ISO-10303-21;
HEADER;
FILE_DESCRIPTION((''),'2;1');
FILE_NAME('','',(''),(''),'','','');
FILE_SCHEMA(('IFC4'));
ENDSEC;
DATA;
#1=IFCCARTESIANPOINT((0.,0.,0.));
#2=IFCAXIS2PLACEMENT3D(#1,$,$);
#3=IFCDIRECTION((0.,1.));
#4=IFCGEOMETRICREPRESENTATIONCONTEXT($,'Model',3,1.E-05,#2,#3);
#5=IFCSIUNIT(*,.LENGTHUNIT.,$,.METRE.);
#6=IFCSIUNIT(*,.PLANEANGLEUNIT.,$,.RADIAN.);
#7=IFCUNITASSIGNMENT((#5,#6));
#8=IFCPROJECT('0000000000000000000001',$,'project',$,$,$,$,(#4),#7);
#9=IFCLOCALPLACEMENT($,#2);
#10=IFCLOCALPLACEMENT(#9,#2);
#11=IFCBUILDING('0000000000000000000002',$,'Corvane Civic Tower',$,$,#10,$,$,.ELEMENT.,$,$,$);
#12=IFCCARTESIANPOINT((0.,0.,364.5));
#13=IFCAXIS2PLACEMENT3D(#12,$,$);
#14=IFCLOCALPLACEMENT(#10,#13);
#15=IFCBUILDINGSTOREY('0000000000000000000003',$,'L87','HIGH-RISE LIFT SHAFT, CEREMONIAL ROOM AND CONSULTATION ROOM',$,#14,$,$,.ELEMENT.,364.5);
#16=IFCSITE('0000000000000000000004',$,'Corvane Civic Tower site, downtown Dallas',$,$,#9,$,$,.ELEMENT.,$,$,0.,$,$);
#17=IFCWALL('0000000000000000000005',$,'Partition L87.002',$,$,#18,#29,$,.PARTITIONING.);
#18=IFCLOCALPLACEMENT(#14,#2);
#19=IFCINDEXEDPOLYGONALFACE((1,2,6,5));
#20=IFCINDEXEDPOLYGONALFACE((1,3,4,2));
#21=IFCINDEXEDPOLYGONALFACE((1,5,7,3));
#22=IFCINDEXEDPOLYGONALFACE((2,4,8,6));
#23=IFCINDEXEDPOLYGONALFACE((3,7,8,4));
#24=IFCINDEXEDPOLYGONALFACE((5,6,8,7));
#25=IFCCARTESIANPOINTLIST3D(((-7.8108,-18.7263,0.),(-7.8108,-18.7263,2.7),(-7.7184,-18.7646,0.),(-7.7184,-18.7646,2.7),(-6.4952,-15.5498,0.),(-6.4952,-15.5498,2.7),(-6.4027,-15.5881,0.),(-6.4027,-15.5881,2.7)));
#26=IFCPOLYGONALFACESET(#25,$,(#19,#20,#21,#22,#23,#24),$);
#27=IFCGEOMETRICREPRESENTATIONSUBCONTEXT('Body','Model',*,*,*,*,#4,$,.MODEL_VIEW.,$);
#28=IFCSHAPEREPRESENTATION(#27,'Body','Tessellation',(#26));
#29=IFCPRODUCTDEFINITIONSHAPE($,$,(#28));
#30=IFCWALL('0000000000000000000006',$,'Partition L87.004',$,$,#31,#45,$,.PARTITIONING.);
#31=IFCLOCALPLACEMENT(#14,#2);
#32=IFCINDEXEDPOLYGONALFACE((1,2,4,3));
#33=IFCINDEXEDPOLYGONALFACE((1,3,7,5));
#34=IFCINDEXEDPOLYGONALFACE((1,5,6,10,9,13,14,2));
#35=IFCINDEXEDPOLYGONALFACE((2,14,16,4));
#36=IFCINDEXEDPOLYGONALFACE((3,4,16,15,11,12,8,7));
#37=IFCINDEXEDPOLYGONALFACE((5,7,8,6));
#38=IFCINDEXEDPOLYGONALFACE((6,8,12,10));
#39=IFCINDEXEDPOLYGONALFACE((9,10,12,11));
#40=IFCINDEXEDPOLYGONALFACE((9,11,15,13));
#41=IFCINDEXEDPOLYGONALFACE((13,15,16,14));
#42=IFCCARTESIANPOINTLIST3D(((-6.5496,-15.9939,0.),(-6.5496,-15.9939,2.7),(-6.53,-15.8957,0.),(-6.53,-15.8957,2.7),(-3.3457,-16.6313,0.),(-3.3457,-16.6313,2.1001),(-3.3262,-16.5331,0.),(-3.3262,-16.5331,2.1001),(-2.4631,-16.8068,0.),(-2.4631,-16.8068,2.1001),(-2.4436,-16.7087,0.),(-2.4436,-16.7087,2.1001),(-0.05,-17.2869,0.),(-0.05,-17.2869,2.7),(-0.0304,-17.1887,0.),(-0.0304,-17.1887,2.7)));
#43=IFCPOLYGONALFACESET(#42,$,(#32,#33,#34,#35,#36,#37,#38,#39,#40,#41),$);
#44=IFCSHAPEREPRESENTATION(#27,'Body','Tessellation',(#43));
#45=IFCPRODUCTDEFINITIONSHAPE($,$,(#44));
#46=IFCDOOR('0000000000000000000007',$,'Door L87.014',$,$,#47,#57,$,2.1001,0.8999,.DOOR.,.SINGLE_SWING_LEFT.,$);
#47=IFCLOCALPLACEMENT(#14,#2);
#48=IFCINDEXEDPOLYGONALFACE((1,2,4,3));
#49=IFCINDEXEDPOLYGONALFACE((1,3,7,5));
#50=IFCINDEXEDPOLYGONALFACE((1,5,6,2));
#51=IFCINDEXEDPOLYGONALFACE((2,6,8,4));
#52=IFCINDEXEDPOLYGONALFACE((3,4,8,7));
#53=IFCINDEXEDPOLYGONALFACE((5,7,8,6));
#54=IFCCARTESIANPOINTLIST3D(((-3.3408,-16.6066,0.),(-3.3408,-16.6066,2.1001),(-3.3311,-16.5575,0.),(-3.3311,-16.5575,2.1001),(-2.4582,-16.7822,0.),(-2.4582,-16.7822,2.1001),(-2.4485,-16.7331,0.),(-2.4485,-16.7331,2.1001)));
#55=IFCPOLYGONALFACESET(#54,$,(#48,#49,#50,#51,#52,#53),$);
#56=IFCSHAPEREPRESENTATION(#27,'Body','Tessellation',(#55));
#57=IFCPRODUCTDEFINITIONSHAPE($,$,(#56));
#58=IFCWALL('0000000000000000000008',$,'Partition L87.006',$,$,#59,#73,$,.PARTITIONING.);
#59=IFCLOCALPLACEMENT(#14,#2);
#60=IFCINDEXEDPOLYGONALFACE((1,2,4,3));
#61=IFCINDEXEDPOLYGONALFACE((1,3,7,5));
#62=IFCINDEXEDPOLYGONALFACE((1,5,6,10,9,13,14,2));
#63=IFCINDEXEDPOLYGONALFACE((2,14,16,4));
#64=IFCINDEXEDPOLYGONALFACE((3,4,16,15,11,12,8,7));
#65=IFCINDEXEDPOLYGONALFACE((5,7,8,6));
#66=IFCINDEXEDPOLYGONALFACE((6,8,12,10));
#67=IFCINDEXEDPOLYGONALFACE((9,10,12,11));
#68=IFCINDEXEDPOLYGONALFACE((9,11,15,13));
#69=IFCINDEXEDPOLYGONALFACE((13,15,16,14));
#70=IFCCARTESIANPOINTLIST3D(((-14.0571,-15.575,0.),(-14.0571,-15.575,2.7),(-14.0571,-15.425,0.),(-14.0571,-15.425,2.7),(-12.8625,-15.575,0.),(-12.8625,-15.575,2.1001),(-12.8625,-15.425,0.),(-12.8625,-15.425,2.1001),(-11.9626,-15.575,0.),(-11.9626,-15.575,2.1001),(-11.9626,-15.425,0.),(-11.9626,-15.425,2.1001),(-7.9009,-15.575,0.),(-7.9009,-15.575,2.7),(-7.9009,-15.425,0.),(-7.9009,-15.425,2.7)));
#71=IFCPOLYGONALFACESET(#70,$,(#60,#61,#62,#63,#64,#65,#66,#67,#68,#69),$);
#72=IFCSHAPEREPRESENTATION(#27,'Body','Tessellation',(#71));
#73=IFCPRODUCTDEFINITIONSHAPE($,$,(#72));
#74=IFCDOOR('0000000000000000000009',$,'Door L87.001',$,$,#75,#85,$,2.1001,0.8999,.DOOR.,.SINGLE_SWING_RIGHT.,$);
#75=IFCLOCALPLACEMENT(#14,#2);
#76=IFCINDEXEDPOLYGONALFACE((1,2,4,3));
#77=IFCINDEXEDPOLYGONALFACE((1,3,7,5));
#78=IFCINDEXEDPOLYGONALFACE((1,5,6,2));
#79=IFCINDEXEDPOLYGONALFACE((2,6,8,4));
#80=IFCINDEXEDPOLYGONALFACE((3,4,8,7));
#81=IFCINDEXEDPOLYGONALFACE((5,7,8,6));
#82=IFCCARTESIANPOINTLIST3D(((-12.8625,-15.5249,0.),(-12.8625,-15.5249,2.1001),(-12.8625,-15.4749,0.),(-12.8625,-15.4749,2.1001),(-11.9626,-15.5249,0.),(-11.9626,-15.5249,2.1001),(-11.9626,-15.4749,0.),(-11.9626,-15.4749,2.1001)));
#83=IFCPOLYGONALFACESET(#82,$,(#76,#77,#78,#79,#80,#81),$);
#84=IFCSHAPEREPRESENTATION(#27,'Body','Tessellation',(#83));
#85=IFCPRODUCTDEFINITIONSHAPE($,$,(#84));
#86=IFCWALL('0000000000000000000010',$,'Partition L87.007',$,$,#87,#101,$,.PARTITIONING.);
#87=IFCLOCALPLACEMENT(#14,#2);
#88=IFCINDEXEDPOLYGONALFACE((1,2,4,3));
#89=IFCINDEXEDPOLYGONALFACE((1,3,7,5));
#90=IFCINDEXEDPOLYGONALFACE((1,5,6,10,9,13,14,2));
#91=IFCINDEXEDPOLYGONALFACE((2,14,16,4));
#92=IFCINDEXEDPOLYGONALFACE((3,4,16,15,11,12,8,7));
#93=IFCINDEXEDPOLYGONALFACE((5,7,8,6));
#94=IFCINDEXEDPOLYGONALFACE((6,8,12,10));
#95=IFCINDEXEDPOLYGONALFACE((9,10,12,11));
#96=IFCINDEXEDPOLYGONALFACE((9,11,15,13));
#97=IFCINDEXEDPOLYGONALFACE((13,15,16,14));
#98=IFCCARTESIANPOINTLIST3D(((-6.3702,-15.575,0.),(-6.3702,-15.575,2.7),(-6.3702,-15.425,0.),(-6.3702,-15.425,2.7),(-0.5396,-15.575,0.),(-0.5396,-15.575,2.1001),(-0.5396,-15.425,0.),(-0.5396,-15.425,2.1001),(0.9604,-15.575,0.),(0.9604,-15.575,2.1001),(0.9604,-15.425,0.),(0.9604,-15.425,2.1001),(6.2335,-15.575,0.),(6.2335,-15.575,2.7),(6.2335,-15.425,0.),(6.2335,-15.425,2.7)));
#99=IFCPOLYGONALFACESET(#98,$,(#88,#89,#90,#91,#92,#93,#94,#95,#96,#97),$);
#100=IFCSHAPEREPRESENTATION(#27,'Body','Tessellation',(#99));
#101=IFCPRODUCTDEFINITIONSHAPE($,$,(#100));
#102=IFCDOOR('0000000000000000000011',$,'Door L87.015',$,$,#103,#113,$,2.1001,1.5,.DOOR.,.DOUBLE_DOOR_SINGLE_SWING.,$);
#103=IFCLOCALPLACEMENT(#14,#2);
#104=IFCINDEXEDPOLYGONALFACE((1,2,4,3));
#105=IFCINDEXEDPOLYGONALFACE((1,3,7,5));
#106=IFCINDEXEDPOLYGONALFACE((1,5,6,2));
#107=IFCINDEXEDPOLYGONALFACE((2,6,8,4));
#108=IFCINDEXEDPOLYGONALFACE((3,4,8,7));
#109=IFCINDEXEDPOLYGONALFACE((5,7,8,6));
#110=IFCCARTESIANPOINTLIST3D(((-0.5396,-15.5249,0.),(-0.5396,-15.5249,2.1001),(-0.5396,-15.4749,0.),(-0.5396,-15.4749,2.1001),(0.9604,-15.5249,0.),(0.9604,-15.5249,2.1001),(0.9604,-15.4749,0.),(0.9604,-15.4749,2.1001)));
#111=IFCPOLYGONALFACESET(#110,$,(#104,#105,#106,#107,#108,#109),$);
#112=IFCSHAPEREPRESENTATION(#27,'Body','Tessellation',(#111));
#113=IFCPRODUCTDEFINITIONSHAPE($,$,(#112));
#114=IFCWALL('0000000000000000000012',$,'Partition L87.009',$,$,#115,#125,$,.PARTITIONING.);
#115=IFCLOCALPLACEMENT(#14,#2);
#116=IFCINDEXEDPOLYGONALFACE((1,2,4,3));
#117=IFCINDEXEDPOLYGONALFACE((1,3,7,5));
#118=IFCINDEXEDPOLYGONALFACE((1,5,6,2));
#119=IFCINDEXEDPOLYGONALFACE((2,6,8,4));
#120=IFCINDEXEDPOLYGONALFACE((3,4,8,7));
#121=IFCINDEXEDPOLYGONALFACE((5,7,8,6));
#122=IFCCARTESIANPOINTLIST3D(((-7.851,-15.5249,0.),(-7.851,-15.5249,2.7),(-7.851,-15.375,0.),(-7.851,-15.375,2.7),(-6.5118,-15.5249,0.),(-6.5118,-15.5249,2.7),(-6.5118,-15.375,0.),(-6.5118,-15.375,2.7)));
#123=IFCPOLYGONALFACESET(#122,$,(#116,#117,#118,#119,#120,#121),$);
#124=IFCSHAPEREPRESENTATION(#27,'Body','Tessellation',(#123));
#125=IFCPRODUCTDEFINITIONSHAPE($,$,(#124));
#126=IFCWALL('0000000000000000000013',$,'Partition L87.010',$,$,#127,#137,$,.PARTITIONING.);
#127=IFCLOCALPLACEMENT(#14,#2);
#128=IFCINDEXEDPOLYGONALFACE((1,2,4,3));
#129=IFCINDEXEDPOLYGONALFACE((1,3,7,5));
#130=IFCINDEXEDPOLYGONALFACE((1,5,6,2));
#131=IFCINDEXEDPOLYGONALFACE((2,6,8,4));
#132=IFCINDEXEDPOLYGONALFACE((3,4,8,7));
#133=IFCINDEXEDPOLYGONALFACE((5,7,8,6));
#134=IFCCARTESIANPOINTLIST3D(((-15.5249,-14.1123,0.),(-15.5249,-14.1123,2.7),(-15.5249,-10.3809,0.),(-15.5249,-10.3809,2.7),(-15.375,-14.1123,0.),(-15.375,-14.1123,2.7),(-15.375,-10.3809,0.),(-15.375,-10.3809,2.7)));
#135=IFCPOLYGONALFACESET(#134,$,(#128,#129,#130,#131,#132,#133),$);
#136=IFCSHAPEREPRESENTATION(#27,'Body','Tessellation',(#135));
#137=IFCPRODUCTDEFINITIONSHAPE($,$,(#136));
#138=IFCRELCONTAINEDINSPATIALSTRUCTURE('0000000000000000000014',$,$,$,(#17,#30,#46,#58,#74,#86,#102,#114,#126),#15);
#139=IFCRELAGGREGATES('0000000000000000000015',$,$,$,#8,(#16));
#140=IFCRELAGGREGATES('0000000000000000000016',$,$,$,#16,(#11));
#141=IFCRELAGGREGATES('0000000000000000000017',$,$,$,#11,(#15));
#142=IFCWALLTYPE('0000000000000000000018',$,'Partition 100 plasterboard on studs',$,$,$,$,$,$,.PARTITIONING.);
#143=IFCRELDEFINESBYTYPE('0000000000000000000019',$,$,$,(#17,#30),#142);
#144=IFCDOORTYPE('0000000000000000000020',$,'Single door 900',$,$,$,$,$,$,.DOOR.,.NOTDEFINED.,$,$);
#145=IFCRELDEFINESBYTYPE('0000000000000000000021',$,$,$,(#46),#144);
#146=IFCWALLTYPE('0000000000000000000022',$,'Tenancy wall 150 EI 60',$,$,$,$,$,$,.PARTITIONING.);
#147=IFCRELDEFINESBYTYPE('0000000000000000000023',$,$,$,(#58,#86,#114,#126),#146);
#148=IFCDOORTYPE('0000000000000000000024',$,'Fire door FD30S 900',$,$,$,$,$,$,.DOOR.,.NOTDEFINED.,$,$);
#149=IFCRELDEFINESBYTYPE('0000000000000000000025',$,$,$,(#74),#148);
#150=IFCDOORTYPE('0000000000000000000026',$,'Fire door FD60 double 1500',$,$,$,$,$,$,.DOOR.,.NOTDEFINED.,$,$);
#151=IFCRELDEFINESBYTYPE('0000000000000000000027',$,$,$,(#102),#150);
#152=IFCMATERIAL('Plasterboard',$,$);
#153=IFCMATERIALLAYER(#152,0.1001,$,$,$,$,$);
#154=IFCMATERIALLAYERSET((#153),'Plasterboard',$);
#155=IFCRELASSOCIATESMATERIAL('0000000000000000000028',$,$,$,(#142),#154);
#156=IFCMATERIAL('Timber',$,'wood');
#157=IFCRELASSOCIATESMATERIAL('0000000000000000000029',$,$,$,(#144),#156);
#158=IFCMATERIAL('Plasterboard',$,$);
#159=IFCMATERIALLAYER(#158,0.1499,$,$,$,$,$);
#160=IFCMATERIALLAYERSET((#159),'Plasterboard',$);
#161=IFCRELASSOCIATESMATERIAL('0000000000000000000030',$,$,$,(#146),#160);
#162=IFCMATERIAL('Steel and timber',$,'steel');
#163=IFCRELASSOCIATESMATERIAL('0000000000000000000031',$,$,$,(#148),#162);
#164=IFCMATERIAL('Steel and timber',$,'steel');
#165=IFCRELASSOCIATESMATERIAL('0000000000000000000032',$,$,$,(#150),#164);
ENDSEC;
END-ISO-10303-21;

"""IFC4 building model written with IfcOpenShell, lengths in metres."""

from ifc_helpers import new_model, si_unit, direction, frame, frame_2d, origin, place, context, subcontext, project, spatial, rectangle, extrude, material, layer, layer_set, type_object, element, fill, save


model = new_model("IFC4")

# Units and contexts
model_context = context("Model", 3, precision=1e-05, world=origin(), true_north=direction((0.0, 1.0)))
body_context = subcontext(model_context, "Body", "Model", "MODEL_VIEW")
ifc_project = project(units=[si_unit("LENGTHUNIT", "METRE"), si_unit("PLANEANGLEUNIT", "RADIAN")], contexts=[model_context])

# Site, building, storey
site_placement = place(None, origin())
site = spatial("IfcSite", under=ifc_project, at=site_placement, Name="Corvane Civic Tower site, downtown Dallas", CompositionType="ELEMENT", RefElevation=0.0)
building_placement = place(site_placement, origin())
building = spatial("IfcBuilding", under=site, at=building_placement, Name="Corvane Civic Tower", CompositionType="ELEMENT")
storey_placement = place(building_placement, frame((0.0, 0.0, 364.5)))
storey = spatial("IfcBuildingStorey", under=building, at=storey_placement, Name="L87", Description="HIGH-RISE LIFT SHAFT, CEREMONIAL ROOM AND CONSULTATION ROOM", CompositionType="ELEMENT", Elevation=364.5)

# Wall
ifc_material_1 = material(Name="Plasterboard")
ifc_layer_1 = layer(ifc_material_1, 0.1001)
ifc_layer_set_1 = layer_set([ifc_layer_1], Name="Plasterboard")
wall_type_1 = type_object("IfcWallType", Name="Partition 100 plasterboard on studs", PredefinedType="PARTITIONING", material=ifc_layer_set_1)
wall_1_placement = place(storey_placement, frame((-7.7646, -18.7456, 0.0), z_axis=(0.0, 0.0, 1.0), x_axis=(0.382663, 0.923888, 0.0)))
element("IfcWall", 1, at=wall_1_placement, inside=storey, type_object=wall_type_1, Name="Partition L87.002", PredefinedType="PARTITIONING", context=body_context, shape_type="SweptSolid", body=[
    extrude(rectangle(XDim=3.4382, YDim=0.1001, at=frame_2d((1.7192, 0.0))), origin(), (0.0, 0.0, 1.0), 2.7),
])

# Walls, openings, doors
wall_2_placement = place(storey_placement, frame((-6.5398, -15.9448, 0.0), z_axis=(0.0, 0.0, 1.0), x_axis=(0.980781, -0.19511, 0.0)))
wall_2 = element("IfcWall", 2, at=wall_2_placement, inside=storey, type_object=wall_type_1, Name="Partition L87.004", PredefinedType="PARTITIONING", context=body_context, shape_type="SweptSolid", body=[
    extrude(rectangle(XDim=6.627, YDim=0.1001, at=frame_2d((3.3135, 0.0))), origin(), (0.0, 0.0, 1.0), 2.7),
])
opening_1_placement = place(wall_2_placement, frame((3.2666, 0.0, 0.0)))
opening_1 = element("IfcOpeningElement", 3, at=opening_1_placement, cuts=wall_2, PredefinedType="OPENING", context=body_context, shape_type="SweptSolid", body=[
    extrude(rectangle(XDim=0.8999, YDim=2.1001, at=frame_2d((0.45, 1.05))), frame((0.0, 0.0601, 0.0), z_axis=(0.0, -1.0, 0.0), x_axis=(1.0, 0.0, 0.0)), (0.0, 0.0, 1.0), 0.1201),
])
ifc_material_2 = material(Name="Timber", Category="wood")
door_type_1 = type_object("IfcDoorType", Name="Single door 900", OperationType="NOTDEFINED", PredefinedType="DOOR", material=ifc_material_2)
door_1_placement = place(opening_1_placement, frame((0.8999, 0.0, 0.0), z_axis=(0.0, 0.0, 1.0), x_axis=(-1.0, 0.0, 0.0)))
door_1 = element("IfcDoor", 4, at=door_1_placement, inside=storey, type_object=door_type_1, Name="Door L87.014", OperationType="SINGLE_SWING_LEFT", OverallHeight=2.1001, OverallWidth=0.8999, PredefinedType="DOOR", context=body_context, shape_type="SweptSolid", body=[
    extrude(rectangle(XDim=0.8999, YDim=2.1001, at=frame_2d((0.45, 1.05))), frame((0.0, 0.0249, 0.0), z_axis=(0.0, -1.0, 0.0), x_axis=(1.0, 0.0, 0.0)), (0.0, 0.0, 1.0), 0.05),
])
fill(opening_1, door_1)
ifc_material_3 = material(Name="Plasterboard")
ifc_layer_2 = layer(ifc_material_3, 0.1499)
ifc_layer_set_2 = layer_set([ifc_layer_2], Name="Plasterboard")
wall_type_2 = type_object("IfcWallType", Name="Tenancy wall 150 EI 60", PredefinedType="PARTITIONING", material=ifc_layer_set_2)
wall_3_placement = place(storey_placement, frame((-14.0571, -15.5, 0.0), z_axis=(0.0, 0.0, 1.0), x_axis=(1.0, 0.0, 0.0)))
wall_3 = element("IfcWall", 5, at=wall_3_placement, inside=storey, type_object=wall_type_2, Name="Partition L87.006", PredefinedType="PARTITIONING", context=body_context, shape_type="SweptSolid", body=[
    extrude(rectangle(XDim=6.1562, YDim=0.1499, at=frame_2d((3.0781, 0.0))), origin(), (0.0, 0.0, 1.0), 2.7),
])
opening_2_placement = place(wall_3_placement, frame((1.1946, 0.0, 0.0)))
opening_2 = element("IfcOpeningElement", 6, at=opening_2_placement, cuts=wall_3, PredefinedType="OPENING", context=body_context, shape_type="SweptSolid", body=[
    extrude(rectangle(XDim=0.8999, YDim=2.1001, at=frame_2d((0.45, 1.05))), frame((0.0, 0.085, 0.0), z_axis=(0.0, -1.0, 0.0), x_axis=(1.0, 0.0, 0.0)), (0.0, 0.0, 1.0), 0.1699),
])
ifc_material_4 = material(Name="Steel and timber", Category="steel")
door_type_2 = type_object("IfcDoorType", Name="Fire door FD30S 900", OperationType="NOTDEFINED", PredefinedType="DOOR", material=ifc_material_4)
door_2_placement = place(opening_2_placement, frame((0.8999, 0.0, 0.0), z_axis=(0.0, 0.0, 1.0), x_axis=(-1.0, 0.0, 0.0)))
door_2 = element("IfcDoor", 7, at=door_2_placement, inside=storey, type_object=door_type_2, Name="Door L87.001", OperationType="SINGLE_SWING_RIGHT", OverallHeight=2.1001, OverallWidth=0.8999, PredefinedType="DOOR", context=body_context, shape_type="SweptSolid", body=[
    extrude(rectangle(XDim=0.8999, YDim=2.1001, at=frame_2d((0.45, 1.05))), frame((0.0, 0.0249, 0.0), z_axis=(0.0, -1.0, 0.0), x_axis=(1.0, 0.0, 0.0)), (0.0, 0.0, 1.0), 0.05),
])
fill(opening_2, door_2)
wall_4_placement = place(storey_placement, frame((-6.3701, -15.5, 0.0), z_axis=(0.0, 0.0, 1.0), x_axis=(1.0, 0.0, 0.0)))
wall_4 = element("IfcWall", 8, at=wall_4_placement, inside=storey, type_object=wall_type_2, Name="Partition L87.007", PredefinedType="PARTITIONING", context=body_context, shape_type="SweptSolid", body=[
    extrude(rectangle(XDim=12.6038, YDim=0.1499, at=frame_2d((6.3018, 0.0))), origin(), (0.0, 0.0, 1.0), 2.7),
])
opening_3_placement = place(wall_4_placement, frame((5.8306, 0.0, 0.0)))
opening_3 = element("IfcOpeningElement", 9, at=opening_3_placement, cuts=wall_4, PredefinedType="OPENING", context=body_context, shape_type="SweptSolid", body=[
    extrude(rectangle(XDim=1.5, YDim=2.1001, at=frame_2d((0.75, 1.05))), frame((0.0, 0.085, 0.0), z_axis=(0.0, -1.0, 0.0), x_axis=(1.0, 0.0, 0.0)), (0.0, 0.0, 1.0), 0.1699),
])
ifc_material_5 = material(Name="Steel and timber", Category="steel")
door_type_3 = type_object("IfcDoorType", Name="Fire door FD60 double 1500", OperationType="NOTDEFINED", PredefinedType="DOOR", material=ifc_material_5)
door_3_placement = place(opening_3_placement, frame((1.5, 0.0, 0.0), z_axis=(0.0, 0.0, 1.0), x_axis=(-1.0, 0.0, 0.0)))
door_3 = element("IfcDoor", 10, at=door_3_placement, inside=storey, type_object=door_type_3, Name="Door L87.015", OperationType="DOUBLE_DOOR_SINGLE_SWING", OverallHeight=2.1001, OverallWidth=1.5, PredefinedType="DOOR", context=body_context, shape_type="SweptSolid", body=[
    extrude(rectangle(XDim=1.5, YDim=2.1001, at=frame_2d((0.75, 1.05))), frame((0.0, 0.0249, 0.0), z_axis=(0.0, -1.0, 0.0), x_axis=(1.0, 0.0, 0.0)), (0.0, 0.0, 1.0), 0.05),
])
fill(opening_3, door_3)

# Walls
wall_5_placement = place(storey_placement, frame((-7.8508, -15.45, 0.0), z_axis=(0.0, 0.0, 1.0), x_axis=(1.0, 0.0, 0.0)))
element("IfcWall", 11, at=wall_5_placement, inside=storey, type_object=wall_type_2, Name="Partition L87.009", PredefinedType="PARTITIONING", context=body_context, shape_type="SweptSolid", body=[
    extrude(rectangle(XDim=1.3391, YDim=0.1499, at=frame_2d((0.6694, 0.0))), origin(), (0.0, 0.0, 1.0), 2.7),
])
wall_6_placement = place(storey_placement, frame((-15.45, -14.1123, 0.0), z_axis=(0.0, 0.0, 1.0), x_axis=(0.0, 1.0, 0.0)))
element("IfcWall", 12, at=wall_6_placement, inside=storey, type_object=wall_type_2, Name="Partition L87.010", PredefinedType="PARTITIONING", context=body_context, shape_type="SweptSolid", body=[
    extrude(rectangle(XDim=3.7314, YDim=0.1499, at=frame_2d((1.8657, 0.0))), origin(), (0.0, 0.0, 1.0), 2.7),
])

save(model, "model.ifc")
